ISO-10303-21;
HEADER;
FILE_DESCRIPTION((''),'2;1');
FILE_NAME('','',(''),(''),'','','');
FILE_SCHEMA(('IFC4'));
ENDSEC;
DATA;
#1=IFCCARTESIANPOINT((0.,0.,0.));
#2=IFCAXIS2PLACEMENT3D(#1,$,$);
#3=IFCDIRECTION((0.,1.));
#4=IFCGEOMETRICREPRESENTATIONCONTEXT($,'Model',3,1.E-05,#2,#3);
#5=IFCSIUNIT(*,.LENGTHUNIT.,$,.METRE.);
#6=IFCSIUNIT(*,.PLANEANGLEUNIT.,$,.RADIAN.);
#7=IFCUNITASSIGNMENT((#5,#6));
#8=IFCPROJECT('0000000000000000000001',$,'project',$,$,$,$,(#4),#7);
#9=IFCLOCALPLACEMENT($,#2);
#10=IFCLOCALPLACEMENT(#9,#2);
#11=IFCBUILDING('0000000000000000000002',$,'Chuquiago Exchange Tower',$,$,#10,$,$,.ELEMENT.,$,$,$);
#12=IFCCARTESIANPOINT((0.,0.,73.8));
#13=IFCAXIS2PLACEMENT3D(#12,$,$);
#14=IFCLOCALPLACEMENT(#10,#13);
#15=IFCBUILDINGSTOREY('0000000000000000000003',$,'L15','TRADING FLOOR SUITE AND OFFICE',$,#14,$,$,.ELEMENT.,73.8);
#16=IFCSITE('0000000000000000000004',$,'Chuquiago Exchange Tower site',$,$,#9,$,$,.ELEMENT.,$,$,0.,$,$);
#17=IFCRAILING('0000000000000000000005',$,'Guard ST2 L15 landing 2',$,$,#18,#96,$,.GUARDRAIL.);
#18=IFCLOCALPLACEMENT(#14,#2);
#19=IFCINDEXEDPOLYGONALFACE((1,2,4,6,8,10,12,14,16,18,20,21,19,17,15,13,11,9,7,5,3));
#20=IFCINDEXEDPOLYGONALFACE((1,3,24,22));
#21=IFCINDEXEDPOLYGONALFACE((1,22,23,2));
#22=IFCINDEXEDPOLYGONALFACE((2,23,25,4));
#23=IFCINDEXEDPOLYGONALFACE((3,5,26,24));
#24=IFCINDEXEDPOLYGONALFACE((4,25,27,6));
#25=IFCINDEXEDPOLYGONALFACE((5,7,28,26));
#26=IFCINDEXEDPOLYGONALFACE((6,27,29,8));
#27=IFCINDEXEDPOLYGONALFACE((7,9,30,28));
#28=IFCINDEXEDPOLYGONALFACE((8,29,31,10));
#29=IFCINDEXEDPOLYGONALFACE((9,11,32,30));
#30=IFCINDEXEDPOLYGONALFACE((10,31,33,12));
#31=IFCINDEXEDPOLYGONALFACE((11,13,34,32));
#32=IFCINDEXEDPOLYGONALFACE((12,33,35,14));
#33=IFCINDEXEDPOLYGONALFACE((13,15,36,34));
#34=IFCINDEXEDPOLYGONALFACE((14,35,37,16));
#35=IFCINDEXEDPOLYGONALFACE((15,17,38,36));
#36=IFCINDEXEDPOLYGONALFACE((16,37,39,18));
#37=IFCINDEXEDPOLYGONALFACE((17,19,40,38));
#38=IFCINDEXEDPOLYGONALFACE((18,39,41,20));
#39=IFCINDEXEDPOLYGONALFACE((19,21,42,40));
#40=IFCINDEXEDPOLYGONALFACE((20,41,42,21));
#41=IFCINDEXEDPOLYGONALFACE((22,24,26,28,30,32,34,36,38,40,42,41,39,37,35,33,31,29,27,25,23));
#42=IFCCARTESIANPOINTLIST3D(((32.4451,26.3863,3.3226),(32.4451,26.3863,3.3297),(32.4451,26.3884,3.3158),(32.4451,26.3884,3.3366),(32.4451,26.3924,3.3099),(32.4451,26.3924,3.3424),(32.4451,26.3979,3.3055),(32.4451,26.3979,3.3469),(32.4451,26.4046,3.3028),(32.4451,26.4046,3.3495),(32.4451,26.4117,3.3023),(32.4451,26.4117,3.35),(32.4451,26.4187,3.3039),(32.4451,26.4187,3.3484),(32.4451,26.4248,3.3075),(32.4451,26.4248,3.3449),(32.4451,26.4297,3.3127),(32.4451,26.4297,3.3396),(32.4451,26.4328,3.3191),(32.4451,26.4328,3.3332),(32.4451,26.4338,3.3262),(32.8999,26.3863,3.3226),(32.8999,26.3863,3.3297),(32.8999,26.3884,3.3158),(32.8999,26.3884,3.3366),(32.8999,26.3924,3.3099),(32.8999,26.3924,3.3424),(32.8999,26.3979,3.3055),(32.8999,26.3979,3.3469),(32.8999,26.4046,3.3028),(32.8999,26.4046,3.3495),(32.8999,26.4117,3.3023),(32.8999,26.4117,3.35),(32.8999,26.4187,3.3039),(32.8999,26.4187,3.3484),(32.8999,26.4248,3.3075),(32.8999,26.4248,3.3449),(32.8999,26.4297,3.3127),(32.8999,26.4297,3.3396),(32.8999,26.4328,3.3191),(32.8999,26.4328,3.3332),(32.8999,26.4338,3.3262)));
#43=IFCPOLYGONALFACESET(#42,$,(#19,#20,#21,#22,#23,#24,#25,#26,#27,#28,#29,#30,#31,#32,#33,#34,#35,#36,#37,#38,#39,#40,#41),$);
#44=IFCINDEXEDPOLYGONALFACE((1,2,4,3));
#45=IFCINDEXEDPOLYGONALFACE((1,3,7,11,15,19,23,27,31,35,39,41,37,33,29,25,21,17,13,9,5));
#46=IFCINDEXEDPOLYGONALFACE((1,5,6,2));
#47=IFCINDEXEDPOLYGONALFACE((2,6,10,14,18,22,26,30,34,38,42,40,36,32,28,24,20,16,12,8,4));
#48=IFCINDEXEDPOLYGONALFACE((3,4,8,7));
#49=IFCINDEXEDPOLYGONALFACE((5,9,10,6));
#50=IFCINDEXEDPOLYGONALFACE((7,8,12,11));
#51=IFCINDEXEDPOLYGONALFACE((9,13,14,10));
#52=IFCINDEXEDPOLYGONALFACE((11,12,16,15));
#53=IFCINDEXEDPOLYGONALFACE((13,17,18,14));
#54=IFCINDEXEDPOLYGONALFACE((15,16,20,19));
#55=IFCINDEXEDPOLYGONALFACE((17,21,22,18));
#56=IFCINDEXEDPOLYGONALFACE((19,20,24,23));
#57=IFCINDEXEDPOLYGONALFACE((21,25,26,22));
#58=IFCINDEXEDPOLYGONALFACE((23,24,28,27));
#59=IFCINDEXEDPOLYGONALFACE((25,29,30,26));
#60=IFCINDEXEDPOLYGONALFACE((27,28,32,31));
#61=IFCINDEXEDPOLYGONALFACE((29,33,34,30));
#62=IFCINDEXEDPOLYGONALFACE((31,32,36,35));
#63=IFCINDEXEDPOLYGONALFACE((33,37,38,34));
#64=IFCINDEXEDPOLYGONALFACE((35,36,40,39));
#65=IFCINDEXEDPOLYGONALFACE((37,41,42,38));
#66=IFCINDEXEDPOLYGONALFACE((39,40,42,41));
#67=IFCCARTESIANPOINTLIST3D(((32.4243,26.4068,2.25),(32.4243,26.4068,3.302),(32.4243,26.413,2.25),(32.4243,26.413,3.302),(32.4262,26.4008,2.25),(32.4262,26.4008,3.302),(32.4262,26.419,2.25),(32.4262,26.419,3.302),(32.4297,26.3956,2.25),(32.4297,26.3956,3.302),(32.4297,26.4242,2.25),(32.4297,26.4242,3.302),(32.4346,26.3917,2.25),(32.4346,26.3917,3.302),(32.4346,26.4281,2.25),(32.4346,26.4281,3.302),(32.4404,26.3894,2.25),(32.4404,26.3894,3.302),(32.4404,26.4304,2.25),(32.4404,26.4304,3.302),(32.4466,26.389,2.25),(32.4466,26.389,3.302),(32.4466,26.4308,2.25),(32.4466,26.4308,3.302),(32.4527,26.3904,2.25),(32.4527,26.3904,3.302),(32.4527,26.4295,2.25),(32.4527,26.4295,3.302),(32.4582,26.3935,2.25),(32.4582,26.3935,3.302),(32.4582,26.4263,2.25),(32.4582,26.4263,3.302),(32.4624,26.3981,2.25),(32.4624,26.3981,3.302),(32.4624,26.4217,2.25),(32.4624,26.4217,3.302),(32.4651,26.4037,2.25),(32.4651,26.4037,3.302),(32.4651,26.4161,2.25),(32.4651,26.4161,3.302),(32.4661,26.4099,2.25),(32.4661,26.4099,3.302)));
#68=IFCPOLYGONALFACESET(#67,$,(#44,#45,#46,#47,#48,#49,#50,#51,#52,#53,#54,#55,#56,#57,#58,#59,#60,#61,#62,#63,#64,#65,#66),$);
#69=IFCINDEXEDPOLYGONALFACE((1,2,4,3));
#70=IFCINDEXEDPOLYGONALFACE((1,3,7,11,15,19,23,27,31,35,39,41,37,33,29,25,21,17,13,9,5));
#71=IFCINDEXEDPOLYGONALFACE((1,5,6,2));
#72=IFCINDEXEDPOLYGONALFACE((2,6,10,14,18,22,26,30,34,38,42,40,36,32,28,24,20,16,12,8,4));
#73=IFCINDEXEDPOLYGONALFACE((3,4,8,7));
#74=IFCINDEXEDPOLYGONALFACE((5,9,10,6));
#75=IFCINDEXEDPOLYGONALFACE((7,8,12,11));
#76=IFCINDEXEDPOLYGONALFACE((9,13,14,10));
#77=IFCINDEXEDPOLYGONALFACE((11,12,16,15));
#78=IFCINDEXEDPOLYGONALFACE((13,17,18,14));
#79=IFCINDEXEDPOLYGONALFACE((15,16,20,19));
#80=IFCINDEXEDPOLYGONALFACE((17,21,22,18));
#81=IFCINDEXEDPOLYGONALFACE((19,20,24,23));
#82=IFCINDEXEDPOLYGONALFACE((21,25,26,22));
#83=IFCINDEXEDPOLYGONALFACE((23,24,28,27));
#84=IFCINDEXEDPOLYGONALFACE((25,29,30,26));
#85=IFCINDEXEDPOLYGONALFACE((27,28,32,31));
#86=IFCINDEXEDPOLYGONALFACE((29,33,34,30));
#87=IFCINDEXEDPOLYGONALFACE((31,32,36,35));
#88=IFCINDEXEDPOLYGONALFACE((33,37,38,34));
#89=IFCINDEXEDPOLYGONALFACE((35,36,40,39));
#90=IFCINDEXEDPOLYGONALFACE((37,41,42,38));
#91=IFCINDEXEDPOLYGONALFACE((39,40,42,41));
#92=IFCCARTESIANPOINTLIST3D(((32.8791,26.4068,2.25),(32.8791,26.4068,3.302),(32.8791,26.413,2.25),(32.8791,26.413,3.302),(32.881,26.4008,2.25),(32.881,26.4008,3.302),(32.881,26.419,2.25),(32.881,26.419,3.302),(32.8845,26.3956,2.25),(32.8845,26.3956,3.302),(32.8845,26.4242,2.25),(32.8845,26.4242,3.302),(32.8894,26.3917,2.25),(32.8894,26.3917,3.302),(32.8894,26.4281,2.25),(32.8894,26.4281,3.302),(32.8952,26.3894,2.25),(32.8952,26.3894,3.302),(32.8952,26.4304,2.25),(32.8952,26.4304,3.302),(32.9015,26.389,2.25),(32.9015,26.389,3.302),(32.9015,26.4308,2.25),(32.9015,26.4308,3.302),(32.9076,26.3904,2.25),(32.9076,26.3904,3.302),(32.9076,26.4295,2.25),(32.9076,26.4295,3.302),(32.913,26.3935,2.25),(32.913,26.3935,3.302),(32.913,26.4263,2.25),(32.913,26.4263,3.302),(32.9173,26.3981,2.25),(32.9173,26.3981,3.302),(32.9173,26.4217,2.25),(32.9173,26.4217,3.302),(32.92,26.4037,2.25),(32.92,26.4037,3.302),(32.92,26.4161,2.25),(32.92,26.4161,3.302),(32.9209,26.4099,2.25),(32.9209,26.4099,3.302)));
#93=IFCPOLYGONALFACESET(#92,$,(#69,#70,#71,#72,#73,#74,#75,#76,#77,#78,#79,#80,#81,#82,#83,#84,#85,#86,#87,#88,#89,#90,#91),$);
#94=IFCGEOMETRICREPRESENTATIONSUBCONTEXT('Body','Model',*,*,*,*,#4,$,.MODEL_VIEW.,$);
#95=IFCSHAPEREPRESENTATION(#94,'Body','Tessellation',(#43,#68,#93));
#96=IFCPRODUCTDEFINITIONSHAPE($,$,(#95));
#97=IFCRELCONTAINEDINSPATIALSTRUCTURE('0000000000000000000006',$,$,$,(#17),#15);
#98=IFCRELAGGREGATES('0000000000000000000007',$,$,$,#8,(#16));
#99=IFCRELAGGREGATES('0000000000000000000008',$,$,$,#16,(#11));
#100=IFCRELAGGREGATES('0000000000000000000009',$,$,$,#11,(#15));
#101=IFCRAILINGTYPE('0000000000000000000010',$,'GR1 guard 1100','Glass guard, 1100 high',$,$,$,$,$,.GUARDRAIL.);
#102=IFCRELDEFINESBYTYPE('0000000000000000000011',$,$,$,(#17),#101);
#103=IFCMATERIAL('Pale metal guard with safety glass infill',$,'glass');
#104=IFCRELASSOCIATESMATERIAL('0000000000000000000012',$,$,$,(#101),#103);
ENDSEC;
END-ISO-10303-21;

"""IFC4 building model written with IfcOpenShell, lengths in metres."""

from ifc_helpers import new_model, si_unit, direction, frame, origin, origin_2d, place, context, subcontext, project, spatial, circle, extrude, material, type_object, element, save


model = new_model("IFC4")

# Units and contexts
model_context = context("Model", 3, precision=1e-05, world=origin(), true_north=direction((0.0, 1.0)))
body_context = subcontext(model_context, "Body", "Model", "MODEL_VIEW")
ifc_project = project(units=[si_unit("LENGTHUNIT", "METRE"), si_unit("PLANEANGLEUNIT", "RADIAN")], contexts=[model_context])

# Site, building, storey
site_placement = place(None, origin())
site = spatial("IfcSite", under=ifc_project, at=site_placement, Name="Chuquiago Exchange Tower site", CompositionType="ELEMENT", RefElevation=0.0)
building_placement = place(site_placement, origin())
building = spatial("IfcBuilding", under=site, at=building_placement, Name="Chuquiago Exchange Tower", CompositionType="ELEMENT")
storey_placement = place(building_placement, frame((0.0, 0.0, 73.8)))
storey = spatial("IfcBuildingStorey", under=building, at=storey_placement, Name="L15", Description="TRADING FLOOR SUITE AND OFFICE", CompositionType="ELEMENT", Elevation=73.8)

# Railing
ifc_material_1 = material(Name="Pale metal guard with safety glass infill", Category="glass")
railing_type_1 = type_object("IfcRailingType", Name="GR1 guard 1100", Description="Glass guard, 1100 high", PredefinedType="GUARDRAIL", material=ifc_material_1)
for number, where, name in (
    (1, (32.4451, 26.4099, 2.25), "Guard ST2 L15 landing 2"),
):
    element("IfcRailing", number, at=place(storey_placement, frame(where)), inside=storey, type_object=railing_type_1, Name=name, PredefinedType="GUARDRAIL", context=body_context, shape_type="SweptSolid", body=[
        extrude(circle(Radius=0.0239, at=origin_2d()), frame((0.0, 0.0, 1.0762), z_axis=(1.0, 0.0, 0.0), x_axis=(0.0, 1.0, 0.0)), (0.0, 0.0, 1.0), 0.4548),
        extrude(circle(Radius=0.021, at=origin_2d()), origin(), (0.0, 0.0, 1.0), 1.052),
        extrude(circle(Radius=0.021, at=origin_2d()), frame((0.4548, 0.0, 0.0)), (0.0, 0.0, 1.0), 1.052),
    ])

save(model, "model.ifc")
